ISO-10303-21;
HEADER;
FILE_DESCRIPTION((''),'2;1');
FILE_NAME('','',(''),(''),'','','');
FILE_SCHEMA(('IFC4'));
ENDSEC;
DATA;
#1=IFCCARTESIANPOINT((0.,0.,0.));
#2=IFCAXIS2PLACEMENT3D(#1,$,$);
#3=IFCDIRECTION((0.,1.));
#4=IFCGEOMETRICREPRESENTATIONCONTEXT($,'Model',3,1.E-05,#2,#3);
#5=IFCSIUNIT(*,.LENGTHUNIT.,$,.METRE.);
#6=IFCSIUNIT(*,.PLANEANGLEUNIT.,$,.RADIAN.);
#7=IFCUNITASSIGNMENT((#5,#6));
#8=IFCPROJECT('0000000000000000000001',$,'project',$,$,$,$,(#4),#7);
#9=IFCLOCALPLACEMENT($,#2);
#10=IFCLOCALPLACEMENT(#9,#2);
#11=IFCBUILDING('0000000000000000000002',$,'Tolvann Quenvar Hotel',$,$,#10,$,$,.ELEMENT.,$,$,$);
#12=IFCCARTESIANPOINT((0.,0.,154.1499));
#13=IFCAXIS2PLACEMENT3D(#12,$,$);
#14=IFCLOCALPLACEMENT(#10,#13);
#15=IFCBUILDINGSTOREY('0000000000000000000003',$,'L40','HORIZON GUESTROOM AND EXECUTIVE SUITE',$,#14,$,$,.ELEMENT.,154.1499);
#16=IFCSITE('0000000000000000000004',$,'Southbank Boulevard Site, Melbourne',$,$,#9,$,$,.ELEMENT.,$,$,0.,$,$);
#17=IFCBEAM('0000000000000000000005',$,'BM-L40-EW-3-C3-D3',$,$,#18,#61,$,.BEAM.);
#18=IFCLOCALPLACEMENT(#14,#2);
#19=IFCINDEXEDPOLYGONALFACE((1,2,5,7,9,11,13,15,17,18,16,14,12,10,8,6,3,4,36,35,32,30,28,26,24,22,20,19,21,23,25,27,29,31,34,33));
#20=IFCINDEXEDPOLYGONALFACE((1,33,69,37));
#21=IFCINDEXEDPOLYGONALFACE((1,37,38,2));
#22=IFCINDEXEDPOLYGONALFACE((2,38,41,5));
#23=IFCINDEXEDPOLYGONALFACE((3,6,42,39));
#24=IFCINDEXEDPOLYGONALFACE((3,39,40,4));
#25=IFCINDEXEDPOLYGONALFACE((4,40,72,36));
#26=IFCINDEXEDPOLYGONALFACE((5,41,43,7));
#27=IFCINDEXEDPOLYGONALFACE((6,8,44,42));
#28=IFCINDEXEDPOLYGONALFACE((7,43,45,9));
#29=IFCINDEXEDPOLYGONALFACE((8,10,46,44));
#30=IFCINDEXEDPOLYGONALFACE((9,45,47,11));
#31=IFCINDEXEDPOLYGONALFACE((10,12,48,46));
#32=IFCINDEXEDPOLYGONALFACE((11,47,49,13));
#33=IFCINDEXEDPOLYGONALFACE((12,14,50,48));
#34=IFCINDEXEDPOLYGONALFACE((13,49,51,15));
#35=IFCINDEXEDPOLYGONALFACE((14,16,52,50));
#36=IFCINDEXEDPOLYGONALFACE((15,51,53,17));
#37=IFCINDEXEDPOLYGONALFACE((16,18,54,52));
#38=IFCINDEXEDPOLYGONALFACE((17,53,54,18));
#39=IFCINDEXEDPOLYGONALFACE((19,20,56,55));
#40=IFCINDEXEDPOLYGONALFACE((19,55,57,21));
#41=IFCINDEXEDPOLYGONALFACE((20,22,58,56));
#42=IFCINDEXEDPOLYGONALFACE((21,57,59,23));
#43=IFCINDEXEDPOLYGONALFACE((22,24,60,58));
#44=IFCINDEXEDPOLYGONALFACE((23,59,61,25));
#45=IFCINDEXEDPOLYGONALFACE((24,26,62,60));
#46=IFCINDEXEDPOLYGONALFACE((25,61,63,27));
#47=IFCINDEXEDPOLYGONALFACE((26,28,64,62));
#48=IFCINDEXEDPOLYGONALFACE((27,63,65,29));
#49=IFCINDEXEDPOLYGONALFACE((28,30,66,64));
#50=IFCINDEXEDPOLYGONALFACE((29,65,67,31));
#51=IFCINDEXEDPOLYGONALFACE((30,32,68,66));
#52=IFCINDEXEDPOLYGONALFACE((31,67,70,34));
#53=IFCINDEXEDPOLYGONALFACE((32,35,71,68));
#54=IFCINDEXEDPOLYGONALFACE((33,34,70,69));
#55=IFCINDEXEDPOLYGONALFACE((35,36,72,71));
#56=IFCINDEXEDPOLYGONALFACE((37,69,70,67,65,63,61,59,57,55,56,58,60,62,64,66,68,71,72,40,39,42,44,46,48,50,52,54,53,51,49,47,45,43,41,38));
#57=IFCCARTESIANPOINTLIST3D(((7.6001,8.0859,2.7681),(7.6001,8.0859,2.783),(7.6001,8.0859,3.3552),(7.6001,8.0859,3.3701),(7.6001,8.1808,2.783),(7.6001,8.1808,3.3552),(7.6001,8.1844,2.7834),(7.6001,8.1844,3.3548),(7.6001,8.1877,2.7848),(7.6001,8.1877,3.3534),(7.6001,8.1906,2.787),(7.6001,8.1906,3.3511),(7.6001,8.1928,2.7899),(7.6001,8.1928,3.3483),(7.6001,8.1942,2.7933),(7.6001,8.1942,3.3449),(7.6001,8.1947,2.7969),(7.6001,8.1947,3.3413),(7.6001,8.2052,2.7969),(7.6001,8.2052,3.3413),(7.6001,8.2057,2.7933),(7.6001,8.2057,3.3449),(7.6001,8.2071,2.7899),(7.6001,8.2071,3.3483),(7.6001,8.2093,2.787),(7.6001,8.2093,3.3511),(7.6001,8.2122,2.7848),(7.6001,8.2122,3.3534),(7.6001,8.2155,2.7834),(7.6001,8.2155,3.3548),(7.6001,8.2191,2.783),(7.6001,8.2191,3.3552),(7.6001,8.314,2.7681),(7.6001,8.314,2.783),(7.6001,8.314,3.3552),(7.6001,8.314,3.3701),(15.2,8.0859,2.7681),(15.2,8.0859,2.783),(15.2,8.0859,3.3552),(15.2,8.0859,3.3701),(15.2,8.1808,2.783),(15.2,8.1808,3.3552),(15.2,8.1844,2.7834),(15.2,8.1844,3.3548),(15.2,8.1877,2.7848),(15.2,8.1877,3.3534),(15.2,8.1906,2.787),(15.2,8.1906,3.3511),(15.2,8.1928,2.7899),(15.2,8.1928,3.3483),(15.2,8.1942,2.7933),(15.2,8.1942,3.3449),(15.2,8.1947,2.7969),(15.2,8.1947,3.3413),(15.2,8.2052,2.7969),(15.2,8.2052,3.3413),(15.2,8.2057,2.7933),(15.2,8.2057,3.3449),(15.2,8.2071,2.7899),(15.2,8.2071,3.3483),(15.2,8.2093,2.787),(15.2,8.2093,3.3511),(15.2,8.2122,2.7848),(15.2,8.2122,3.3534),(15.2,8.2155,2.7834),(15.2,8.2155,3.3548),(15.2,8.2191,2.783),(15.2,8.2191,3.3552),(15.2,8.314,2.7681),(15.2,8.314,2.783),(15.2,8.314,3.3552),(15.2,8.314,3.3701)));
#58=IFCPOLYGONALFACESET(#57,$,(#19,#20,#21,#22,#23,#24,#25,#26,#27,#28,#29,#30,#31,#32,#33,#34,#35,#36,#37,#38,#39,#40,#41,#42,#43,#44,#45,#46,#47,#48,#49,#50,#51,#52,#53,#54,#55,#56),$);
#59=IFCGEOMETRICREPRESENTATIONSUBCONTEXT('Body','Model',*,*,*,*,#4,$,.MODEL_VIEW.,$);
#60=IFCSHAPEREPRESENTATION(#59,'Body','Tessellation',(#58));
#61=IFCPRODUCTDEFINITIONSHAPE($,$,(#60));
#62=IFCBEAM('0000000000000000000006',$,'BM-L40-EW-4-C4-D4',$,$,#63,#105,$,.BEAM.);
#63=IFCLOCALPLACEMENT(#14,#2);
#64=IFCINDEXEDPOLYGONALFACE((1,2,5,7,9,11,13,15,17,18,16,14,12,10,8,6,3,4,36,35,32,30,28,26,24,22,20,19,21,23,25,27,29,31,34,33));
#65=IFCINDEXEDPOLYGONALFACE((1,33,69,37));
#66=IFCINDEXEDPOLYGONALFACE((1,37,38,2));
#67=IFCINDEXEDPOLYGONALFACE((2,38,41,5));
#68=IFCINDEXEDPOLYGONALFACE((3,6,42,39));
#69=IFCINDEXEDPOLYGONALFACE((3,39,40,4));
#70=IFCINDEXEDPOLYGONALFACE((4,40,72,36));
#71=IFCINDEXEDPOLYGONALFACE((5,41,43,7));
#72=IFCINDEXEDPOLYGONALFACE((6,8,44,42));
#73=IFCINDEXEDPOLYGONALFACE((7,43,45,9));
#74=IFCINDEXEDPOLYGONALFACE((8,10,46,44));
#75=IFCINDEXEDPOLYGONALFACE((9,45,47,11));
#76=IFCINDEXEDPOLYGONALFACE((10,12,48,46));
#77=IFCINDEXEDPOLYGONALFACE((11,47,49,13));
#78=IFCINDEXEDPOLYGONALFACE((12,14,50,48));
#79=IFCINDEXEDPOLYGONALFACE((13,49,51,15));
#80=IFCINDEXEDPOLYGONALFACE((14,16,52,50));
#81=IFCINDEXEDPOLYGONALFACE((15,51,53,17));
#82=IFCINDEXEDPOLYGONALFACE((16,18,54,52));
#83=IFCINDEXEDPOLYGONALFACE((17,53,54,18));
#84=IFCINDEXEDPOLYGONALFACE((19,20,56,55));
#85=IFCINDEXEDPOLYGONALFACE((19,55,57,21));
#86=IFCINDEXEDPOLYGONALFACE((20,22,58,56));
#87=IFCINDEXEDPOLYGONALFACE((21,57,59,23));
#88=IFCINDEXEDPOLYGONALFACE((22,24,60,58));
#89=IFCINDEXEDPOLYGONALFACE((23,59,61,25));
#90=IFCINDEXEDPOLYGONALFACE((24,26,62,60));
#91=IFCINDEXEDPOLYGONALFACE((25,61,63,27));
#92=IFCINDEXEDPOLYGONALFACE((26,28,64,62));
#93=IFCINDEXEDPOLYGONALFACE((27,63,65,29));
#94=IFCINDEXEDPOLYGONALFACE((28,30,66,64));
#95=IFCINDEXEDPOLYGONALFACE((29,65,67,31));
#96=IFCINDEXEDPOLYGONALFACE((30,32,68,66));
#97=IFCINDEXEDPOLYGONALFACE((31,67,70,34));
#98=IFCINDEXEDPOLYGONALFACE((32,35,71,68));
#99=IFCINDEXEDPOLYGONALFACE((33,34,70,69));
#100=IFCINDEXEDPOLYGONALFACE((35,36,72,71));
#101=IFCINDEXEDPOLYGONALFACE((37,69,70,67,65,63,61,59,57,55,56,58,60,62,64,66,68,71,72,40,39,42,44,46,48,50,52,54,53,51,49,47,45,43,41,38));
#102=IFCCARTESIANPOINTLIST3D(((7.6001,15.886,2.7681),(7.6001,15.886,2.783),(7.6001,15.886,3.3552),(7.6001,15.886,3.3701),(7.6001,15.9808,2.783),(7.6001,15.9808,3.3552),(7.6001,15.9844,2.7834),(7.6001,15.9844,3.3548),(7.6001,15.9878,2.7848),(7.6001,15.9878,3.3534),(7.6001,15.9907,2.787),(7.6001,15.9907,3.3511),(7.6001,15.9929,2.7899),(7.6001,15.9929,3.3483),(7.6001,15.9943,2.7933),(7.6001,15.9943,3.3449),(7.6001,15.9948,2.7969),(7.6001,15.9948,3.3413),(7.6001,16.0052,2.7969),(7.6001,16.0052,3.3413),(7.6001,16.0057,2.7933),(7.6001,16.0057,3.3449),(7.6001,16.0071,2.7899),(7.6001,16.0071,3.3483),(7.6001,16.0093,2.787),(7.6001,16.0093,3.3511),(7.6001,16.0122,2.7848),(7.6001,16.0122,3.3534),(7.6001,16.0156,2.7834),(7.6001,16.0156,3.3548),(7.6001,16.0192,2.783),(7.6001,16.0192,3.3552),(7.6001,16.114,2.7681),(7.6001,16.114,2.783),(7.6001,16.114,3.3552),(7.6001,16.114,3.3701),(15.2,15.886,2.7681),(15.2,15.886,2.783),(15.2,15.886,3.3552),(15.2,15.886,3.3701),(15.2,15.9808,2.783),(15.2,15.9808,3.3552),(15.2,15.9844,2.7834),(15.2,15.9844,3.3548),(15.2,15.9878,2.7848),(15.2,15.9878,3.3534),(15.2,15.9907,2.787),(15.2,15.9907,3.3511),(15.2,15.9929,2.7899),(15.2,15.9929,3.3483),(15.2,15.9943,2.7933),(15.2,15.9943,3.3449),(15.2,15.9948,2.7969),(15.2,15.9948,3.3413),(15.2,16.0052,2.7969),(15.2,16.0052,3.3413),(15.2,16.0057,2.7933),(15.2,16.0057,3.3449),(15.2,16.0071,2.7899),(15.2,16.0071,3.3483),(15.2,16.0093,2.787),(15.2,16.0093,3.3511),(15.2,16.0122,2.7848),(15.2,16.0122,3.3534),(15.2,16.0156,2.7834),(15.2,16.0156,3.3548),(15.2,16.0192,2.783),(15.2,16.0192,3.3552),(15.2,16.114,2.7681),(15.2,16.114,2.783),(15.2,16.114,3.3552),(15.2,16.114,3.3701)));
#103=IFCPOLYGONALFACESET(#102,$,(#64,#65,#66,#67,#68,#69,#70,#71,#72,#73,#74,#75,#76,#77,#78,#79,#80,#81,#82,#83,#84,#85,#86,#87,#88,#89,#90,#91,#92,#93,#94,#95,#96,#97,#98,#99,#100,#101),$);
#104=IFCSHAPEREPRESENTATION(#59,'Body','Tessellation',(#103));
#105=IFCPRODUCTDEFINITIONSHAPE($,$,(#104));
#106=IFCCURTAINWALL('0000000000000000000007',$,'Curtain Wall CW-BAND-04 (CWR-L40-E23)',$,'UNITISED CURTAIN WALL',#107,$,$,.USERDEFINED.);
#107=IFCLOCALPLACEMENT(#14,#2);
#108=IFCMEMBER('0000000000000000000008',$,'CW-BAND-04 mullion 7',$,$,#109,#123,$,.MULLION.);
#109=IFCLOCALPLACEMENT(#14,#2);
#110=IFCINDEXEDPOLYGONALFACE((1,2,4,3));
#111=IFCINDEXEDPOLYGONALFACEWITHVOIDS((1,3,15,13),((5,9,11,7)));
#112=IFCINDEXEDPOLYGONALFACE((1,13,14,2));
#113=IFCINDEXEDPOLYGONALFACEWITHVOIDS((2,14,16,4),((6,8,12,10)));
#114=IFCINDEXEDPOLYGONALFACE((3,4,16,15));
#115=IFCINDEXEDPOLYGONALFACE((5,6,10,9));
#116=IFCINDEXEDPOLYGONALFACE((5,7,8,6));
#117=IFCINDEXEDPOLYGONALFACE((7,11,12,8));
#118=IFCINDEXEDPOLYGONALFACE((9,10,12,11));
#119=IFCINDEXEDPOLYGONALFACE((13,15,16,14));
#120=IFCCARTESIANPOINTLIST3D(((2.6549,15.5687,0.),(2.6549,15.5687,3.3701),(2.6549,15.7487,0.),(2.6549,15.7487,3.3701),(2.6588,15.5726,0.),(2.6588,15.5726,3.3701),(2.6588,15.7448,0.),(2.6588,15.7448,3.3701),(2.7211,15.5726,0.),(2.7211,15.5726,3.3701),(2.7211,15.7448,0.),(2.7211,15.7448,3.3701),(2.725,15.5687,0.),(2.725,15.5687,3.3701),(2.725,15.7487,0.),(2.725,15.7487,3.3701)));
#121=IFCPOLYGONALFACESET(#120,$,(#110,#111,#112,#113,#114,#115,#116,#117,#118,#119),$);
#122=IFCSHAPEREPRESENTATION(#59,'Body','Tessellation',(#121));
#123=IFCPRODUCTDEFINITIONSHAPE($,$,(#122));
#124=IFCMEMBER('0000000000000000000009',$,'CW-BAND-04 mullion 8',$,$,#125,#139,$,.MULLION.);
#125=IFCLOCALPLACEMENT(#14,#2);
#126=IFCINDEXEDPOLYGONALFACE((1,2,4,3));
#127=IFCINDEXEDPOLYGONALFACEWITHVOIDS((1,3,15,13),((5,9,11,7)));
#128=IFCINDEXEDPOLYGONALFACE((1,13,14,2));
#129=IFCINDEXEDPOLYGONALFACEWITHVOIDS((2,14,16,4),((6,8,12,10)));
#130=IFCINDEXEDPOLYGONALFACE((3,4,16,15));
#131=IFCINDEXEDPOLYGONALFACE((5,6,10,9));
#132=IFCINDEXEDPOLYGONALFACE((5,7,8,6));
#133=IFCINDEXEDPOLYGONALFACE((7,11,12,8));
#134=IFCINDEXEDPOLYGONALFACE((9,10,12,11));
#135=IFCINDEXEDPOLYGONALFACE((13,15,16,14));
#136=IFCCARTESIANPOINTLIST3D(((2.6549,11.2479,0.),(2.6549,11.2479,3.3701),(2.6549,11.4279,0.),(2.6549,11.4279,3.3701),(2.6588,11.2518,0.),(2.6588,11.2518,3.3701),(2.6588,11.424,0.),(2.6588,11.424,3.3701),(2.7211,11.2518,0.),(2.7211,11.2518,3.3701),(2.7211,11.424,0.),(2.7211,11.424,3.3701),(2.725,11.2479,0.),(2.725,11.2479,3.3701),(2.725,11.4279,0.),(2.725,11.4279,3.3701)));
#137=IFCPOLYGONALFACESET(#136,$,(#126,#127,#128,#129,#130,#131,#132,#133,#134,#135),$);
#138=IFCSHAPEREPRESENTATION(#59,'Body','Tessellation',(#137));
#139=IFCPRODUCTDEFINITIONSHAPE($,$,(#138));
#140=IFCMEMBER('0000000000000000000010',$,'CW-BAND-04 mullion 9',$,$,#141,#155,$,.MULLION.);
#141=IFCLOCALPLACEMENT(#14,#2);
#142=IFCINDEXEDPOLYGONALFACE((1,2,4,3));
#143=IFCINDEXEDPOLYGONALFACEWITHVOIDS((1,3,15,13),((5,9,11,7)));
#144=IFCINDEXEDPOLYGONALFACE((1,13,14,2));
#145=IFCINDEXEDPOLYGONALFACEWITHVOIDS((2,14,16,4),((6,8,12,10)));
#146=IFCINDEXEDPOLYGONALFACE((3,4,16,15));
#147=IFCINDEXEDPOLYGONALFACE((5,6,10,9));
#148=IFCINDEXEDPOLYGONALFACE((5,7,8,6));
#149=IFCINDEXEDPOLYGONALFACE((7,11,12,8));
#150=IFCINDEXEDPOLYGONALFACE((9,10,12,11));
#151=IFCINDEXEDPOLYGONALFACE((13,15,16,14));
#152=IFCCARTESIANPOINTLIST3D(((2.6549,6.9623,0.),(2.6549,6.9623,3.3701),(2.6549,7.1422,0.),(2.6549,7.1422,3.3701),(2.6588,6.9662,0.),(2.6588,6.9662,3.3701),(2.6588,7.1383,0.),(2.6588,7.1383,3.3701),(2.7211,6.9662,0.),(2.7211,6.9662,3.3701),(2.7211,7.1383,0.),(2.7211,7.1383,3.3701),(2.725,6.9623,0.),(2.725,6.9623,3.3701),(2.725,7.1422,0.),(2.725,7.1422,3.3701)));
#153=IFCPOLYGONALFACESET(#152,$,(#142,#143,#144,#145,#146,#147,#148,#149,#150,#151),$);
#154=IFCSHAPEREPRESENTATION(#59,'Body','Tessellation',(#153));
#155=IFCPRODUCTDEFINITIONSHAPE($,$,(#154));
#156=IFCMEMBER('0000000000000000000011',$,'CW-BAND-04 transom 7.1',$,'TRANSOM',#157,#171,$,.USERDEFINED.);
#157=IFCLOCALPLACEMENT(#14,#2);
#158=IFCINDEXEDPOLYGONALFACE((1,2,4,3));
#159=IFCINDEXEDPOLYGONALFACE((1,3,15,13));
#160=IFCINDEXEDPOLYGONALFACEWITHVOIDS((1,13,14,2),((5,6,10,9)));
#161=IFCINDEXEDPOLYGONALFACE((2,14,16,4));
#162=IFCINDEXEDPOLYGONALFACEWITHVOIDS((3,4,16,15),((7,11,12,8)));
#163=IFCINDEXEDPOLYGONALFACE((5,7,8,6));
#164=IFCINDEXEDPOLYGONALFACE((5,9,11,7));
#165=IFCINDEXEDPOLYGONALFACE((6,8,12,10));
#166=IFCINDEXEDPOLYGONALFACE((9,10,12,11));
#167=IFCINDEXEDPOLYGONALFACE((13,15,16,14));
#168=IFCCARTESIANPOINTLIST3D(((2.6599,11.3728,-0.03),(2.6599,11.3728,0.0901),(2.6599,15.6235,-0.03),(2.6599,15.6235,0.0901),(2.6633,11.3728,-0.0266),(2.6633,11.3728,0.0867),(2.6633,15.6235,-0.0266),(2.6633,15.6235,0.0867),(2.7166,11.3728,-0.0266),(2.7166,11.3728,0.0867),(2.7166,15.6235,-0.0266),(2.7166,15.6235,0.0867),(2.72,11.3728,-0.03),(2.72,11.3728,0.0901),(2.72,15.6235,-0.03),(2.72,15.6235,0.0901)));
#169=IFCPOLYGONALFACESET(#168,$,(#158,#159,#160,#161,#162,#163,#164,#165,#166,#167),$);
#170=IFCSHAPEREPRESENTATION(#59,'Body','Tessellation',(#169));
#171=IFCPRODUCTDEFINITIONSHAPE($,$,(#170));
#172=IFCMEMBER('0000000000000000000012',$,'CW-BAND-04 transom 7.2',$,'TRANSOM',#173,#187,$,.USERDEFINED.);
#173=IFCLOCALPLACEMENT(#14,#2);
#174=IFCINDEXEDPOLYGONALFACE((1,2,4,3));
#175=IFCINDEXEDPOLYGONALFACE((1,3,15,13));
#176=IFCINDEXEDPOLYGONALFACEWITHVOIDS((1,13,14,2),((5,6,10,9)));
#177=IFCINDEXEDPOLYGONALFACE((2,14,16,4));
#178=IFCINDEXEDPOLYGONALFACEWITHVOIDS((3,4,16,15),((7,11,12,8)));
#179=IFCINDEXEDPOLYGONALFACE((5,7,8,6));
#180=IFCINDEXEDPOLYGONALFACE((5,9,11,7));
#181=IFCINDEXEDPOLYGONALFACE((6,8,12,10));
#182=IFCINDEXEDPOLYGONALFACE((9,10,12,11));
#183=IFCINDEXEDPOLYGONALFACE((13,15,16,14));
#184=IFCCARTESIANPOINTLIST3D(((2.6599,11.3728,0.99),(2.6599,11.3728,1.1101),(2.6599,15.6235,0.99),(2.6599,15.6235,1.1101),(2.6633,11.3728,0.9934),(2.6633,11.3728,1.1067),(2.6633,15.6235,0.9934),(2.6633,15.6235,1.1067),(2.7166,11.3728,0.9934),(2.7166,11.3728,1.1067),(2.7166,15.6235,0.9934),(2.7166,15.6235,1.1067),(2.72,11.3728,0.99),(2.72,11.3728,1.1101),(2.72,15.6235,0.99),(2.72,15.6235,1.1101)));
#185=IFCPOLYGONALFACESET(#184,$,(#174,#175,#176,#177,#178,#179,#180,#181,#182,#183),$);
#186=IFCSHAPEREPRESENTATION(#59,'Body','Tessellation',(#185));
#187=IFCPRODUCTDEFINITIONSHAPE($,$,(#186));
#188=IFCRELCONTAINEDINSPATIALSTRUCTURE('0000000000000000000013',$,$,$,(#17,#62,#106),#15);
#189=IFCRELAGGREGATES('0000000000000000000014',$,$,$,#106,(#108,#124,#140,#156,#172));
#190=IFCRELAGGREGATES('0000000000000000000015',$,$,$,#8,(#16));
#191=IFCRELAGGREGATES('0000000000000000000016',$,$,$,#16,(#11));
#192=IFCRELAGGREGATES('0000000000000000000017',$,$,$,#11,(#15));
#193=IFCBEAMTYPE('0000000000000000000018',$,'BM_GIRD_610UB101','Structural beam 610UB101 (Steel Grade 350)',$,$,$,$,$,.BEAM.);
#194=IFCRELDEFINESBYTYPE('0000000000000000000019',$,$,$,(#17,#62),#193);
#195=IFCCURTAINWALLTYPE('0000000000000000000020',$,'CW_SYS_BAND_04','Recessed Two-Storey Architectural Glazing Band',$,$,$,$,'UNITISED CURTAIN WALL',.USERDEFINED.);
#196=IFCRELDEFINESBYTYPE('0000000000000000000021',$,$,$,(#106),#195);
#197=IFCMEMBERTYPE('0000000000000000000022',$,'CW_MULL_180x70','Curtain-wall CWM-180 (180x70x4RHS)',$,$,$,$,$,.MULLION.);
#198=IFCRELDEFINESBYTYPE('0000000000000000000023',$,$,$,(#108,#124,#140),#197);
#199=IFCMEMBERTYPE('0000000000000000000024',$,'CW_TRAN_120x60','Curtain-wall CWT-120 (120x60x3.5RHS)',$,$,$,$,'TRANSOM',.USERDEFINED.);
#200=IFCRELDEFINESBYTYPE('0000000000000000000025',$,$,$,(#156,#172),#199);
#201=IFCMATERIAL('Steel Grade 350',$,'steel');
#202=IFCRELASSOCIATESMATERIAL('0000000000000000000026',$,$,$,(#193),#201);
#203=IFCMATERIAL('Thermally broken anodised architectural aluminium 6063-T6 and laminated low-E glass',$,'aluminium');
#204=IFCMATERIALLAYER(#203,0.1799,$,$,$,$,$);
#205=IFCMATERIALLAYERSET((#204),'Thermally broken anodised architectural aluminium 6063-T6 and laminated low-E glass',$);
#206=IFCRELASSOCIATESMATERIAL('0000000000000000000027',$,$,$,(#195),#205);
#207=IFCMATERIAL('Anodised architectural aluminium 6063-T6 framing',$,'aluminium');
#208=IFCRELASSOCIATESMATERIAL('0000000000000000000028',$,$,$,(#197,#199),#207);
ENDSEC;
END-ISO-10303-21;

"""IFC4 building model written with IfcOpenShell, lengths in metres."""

from ifc_helpers import new_model, si_unit, direction, frame, origin, origin_2d, place, context, subcontext, project, spatial, hollow_rectangle, i_section, extrude, source, transform, mapped, material, layer, layer_set, material_profile, profile_set, type_object, type_shapes, element, aggregate, save


model = new_model("IFC4")

# Units and contexts
model_context = context("Model", 3, precision=1e-05, world=origin(), true_north=direction((0.0, 1.0)))
body_context = subcontext(model_context, "Body", "Model", "MODEL_VIEW")
ifc_project = project(units=[si_unit("LENGTHUNIT", "METRE"), si_unit("PLANEANGLEUNIT", "RADIAN")], contexts=[model_context])

# Site, building, storey
site_placement = place(None, origin())
site = spatial("IfcSite", under=ifc_project, at=site_placement, Name="Southbank Boulevard Site, Melbourne", CompositionType="ELEMENT", RefElevation=0.0)
building_placement = place(site_placement, origin())
building = spatial("IfcBuilding", under=site, at=building_placement, Name="Tolvann Quenvar Hotel", CompositionType="ELEMENT")
storey_placement = place(building_placement, frame((0.0, 0.0, 154.1499)))
storey = spatial("IfcBuildingStorey", under=building, at=storey_placement, Name="L40", Description="HORIZON GUESTROOM AND EXECUTIVE SUITE", CompositionType="ELEMENT", Elevation=154.1499)

# Shared definitions
ifc_material_1 = material(Name="Steel Grade 350", Category="steel")

# Beams
ifc_material_profile_1 = material_profile(ifc_material_1, i_section(OverallWidth=0.228, OverallDepth=0.6021, WebThickness=0.0105, FlangeThickness=0.0149, FilletRadius=0.0139, at=origin_2d()), Name="610UB101")
ifc_profile_set_1 = profile_set([ifc_material_profile_1], Name="Steel Grade 350")
beam_type_1 = type_object("IfcBeamType", Name="BM_GIRD_610UB101", Description="Structural beam 610UB101 (Steel Grade 350)", PredefinedType="BEAM", material=ifc_profile_set_1)
shared_shape_1 = source(origin(), body_context, "Body", "SweptSolid", [
    extrude(i_section(OverallWidth=0.228, OverallDepth=0.6021, WebThickness=0.0105, FlangeThickness=0.0149, FilletRadius=0.0139, at=origin_2d()), origin(), (0.0, 0.0, 1.0), 7.5999),
])
for number, where, z_axis, x_axis, name in (
    (1, (7.6001, 8.2, 3.0691), (1.0, 0.0, 0.0), (0.0, 1.0, 0.0), "BM-L40-EW-3-C3-D3"),
    (2, (7.6001, 16.0, 3.0691), (1.0, 0.0, 0.0), (0.0, 1.0, 0.0), "BM-L40-EW-4-C4-D4"),
):
    element("IfcBeam", number, at=place(storey_placement, frame(where, z_axis=z_axis, x_axis=x_axis)), inside=storey, type_object=beam_type_1, Name=name, PredefinedType="BEAM", context=body_context, shape_type="MappedRepresentation", body=[
        mapped(shared_shape_1, transform((0.0, 0.0, 0.0), x_axis=(1.0, 0.0, 0.0), y_axis=(0.0, 1.0, 0.0), z_axis=(0.0, 0.0, 1.0), scale=1.0)),
    ])

# Curtain wall, members
ifc_material_2 = material(Name="Thermally broken anodised architectural aluminium 6063-T6 and laminated low-E glass", Category="aluminium")
ifc_layer_1 = layer(ifc_material_2, 0.1799)
ifc_layer_set_1 = layer_set([ifc_layer_1], Name="Thermally broken anodised architectural aluminium 6063-T6 and laminated low-E glass")
curtain_wall_type = type_object("IfcCurtainWallType", Name="CW_SYS_BAND_04", Description="Recessed Two-Storey Architectural Glazing Band", ElementType="UNITISED CURTAIN WALL", PredefinedType="USERDEFINED", material=ifc_layer_set_1)
curtain_wall_placement = place(storey_placement, origin())
curtain_wall = element("IfcCurtainWall", 3, at=curtain_wall_placement, inside=storey, type_object=curtain_wall_type, Name="Curtain Wall CW-BAND-04 (CWR-L40-E23)", ObjectType="UNITISED CURTAIN WALL", PredefinedType="USERDEFINED")
ifc_material_3 = material(Name="Anodised architectural aluminium 6063-T6 framing", Category="aluminium")
ifc_material_profile_2 = material_profile(ifc_material_3, hollow_rectangle(XDim=0.0701, YDim=0.1799, WallThickness=0.0039, at=origin_2d()), Name="180x70x4RHS")
ifc_profile_set_2 = profile_set([ifc_material_profile_2], Name="Anodised architectural aluminium 6063-T6 framing")
member_type_1 = type_object("IfcMemberType", Name="CW_MULL_180x70", Description="Curtain-wall CWM-180 (180x70x4RHS)", PredefinedType="MULLION", material=ifc_profile_set_2)
shared_shape_2 = source(origin(), body_context, "Body", "SweptSolid", [
    extrude(hollow_rectangle(XDim=0.0701, YDim=0.1799, WallThickness=0.0039, at=origin_2d()), origin(), (0.0, 0.0, 1.0), 3.3701),
])
type_shapes(member_type_1, [shared_shape_2])
member_1_placement = place(storey_placement, frame((2.6899, 15.6587, 0.0), z_axis=(0.0, 0.0, 1.0), x_axis=(1.0, 0.0, 0.0)))
member_1 = element("IfcMember", 4, at=member_1_placement, type_object=member_type_1, Name="CW-BAND-04 mullion 7", PredefinedType="MULLION", context=body_context, shape_type="MappedRepresentation", body=[
    mapped(shared_shape_2, transform((0.0, 0.0, 0.0), x_axis=(1.0, 0.0, 0.0), y_axis=(0.0, 1.0, 0.0), z_axis=(0.0, 0.0, 1.0), scale=1.0)),
])
member_2_placement = place(storey_placement, frame((2.6899, 11.3379, 0.0), z_axis=(0.0, 0.0, 1.0), x_axis=(1.0, 0.0, 0.0)))
member_2 = element("IfcMember", 5, at=member_2_placement, type_object=member_type_1, Name="CW-BAND-04 mullion 8", PredefinedType="MULLION", context=body_context, shape_type="MappedRepresentation", body=[
    mapped(shared_shape_2, transform((0.0, 0.0, 0.0), x_axis=(1.0, 0.0, 0.0), y_axis=(0.0, 1.0, 0.0), z_axis=(0.0, 0.0, 1.0), scale=1.0)),
])
member_3_placement = place(storey_placement, frame((2.6899, 7.0522, 0.0), z_axis=(0.0, 0.0, 1.0), x_axis=(1.0, 0.0, 0.0)))
member_3 = element("IfcMember", 6, at=member_3_placement, type_object=member_type_1, Name="CW-BAND-04 mullion 9", PredefinedType="MULLION", context=body_context, shape_type="MappedRepresentation", body=[
    mapped(shared_shape_2, transform((0.0, 0.0, 0.0), x_axis=(1.0, 0.0, 0.0), y_axis=(0.0, 1.0, 0.0), z_axis=(0.0, 0.0, 1.0), scale=1.0)),
])
ifc_material_profile_3 = material_profile(ifc_material_3, hollow_rectangle(XDim=0.0601, YDim=0.1201, WallThickness=0.0034, at=origin_2d()), Name="120x60x3.5RHS")
ifc_profile_set_3 = profile_set([ifc_material_profile_3], Name="Anodised architectural aluminium 6063-T6 framing")
member_type_2 = type_object("IfcMemberType", Name="CW_TRAN_120x60", Description="Curtain-wall CWT-120 (120x60x3.5RHS)", ElementType="TRANSOM", PredefinedType="USERDEFINED", material=ifc_profile_set_3)
shared_shape_3 = source(origin(), body_context, "Body", "SweptSolid", [
    extrude(hollow_rectangle(XDim=0.0601, YDim=0.1201, WallThickness=0.0034, at=origin_2d()), origin(), (0.0, 0.0, 1.0), 4.2507),
])
member_4_placement = place(storey_placement, frame((2.6899, 15.6235, 0.03), z_axis=(0.0, -1.0, 0.0), x_axis=(1.0, 0.0, 0.0)))
member_4 = element("IfcMember", 7, at=member_4_placement, type_object=member_type_2, Name="CW-BAND-04 transom 7.1", ObjectType="TRANSOM", PredefinedType="USERDEFINED", context=body_context, shape_type="MappedRepresentation", body=[
    mapped(shared_shape_3, transform((0.0, 0.0, 0.0), x_axis=(1.0, 0.0, 0.0), y_axis=(0.0, 1.0, 0.0), z_axis=(0.0, 0.0, 1.0), scale=1.0)),
])
member_5_placement = place(storey_placement, frame((2.6899, 15.6235, 1.05), z_axis=(0.0, -1.0, 0.0), x_axis=(1.0, 0.0, 0.0)))
member_5 = element("IfcMember", 8, at=member_5_placement, type_object=member_type_2, Name="CW-BAND-04 transom 7.2", ObjectType="TRANSOM", PredefinedType="USERDEFINED", context=body_context, shape_type="MappedRepresentation", body=[
    mapped(shared_shape_3, transform((0.0, 0.0, 0.0), x_axis=(1.0, 0.0, 0.0), y_axis=(0.0, 1.0, 0.0), z_axis=(0.0, 0.0, 1.0), scale=1.0)),
])
aggregate(curtain_wall, [member_1, member_2, member_3, member_4, member_5])

save(model, "model.ifc")
